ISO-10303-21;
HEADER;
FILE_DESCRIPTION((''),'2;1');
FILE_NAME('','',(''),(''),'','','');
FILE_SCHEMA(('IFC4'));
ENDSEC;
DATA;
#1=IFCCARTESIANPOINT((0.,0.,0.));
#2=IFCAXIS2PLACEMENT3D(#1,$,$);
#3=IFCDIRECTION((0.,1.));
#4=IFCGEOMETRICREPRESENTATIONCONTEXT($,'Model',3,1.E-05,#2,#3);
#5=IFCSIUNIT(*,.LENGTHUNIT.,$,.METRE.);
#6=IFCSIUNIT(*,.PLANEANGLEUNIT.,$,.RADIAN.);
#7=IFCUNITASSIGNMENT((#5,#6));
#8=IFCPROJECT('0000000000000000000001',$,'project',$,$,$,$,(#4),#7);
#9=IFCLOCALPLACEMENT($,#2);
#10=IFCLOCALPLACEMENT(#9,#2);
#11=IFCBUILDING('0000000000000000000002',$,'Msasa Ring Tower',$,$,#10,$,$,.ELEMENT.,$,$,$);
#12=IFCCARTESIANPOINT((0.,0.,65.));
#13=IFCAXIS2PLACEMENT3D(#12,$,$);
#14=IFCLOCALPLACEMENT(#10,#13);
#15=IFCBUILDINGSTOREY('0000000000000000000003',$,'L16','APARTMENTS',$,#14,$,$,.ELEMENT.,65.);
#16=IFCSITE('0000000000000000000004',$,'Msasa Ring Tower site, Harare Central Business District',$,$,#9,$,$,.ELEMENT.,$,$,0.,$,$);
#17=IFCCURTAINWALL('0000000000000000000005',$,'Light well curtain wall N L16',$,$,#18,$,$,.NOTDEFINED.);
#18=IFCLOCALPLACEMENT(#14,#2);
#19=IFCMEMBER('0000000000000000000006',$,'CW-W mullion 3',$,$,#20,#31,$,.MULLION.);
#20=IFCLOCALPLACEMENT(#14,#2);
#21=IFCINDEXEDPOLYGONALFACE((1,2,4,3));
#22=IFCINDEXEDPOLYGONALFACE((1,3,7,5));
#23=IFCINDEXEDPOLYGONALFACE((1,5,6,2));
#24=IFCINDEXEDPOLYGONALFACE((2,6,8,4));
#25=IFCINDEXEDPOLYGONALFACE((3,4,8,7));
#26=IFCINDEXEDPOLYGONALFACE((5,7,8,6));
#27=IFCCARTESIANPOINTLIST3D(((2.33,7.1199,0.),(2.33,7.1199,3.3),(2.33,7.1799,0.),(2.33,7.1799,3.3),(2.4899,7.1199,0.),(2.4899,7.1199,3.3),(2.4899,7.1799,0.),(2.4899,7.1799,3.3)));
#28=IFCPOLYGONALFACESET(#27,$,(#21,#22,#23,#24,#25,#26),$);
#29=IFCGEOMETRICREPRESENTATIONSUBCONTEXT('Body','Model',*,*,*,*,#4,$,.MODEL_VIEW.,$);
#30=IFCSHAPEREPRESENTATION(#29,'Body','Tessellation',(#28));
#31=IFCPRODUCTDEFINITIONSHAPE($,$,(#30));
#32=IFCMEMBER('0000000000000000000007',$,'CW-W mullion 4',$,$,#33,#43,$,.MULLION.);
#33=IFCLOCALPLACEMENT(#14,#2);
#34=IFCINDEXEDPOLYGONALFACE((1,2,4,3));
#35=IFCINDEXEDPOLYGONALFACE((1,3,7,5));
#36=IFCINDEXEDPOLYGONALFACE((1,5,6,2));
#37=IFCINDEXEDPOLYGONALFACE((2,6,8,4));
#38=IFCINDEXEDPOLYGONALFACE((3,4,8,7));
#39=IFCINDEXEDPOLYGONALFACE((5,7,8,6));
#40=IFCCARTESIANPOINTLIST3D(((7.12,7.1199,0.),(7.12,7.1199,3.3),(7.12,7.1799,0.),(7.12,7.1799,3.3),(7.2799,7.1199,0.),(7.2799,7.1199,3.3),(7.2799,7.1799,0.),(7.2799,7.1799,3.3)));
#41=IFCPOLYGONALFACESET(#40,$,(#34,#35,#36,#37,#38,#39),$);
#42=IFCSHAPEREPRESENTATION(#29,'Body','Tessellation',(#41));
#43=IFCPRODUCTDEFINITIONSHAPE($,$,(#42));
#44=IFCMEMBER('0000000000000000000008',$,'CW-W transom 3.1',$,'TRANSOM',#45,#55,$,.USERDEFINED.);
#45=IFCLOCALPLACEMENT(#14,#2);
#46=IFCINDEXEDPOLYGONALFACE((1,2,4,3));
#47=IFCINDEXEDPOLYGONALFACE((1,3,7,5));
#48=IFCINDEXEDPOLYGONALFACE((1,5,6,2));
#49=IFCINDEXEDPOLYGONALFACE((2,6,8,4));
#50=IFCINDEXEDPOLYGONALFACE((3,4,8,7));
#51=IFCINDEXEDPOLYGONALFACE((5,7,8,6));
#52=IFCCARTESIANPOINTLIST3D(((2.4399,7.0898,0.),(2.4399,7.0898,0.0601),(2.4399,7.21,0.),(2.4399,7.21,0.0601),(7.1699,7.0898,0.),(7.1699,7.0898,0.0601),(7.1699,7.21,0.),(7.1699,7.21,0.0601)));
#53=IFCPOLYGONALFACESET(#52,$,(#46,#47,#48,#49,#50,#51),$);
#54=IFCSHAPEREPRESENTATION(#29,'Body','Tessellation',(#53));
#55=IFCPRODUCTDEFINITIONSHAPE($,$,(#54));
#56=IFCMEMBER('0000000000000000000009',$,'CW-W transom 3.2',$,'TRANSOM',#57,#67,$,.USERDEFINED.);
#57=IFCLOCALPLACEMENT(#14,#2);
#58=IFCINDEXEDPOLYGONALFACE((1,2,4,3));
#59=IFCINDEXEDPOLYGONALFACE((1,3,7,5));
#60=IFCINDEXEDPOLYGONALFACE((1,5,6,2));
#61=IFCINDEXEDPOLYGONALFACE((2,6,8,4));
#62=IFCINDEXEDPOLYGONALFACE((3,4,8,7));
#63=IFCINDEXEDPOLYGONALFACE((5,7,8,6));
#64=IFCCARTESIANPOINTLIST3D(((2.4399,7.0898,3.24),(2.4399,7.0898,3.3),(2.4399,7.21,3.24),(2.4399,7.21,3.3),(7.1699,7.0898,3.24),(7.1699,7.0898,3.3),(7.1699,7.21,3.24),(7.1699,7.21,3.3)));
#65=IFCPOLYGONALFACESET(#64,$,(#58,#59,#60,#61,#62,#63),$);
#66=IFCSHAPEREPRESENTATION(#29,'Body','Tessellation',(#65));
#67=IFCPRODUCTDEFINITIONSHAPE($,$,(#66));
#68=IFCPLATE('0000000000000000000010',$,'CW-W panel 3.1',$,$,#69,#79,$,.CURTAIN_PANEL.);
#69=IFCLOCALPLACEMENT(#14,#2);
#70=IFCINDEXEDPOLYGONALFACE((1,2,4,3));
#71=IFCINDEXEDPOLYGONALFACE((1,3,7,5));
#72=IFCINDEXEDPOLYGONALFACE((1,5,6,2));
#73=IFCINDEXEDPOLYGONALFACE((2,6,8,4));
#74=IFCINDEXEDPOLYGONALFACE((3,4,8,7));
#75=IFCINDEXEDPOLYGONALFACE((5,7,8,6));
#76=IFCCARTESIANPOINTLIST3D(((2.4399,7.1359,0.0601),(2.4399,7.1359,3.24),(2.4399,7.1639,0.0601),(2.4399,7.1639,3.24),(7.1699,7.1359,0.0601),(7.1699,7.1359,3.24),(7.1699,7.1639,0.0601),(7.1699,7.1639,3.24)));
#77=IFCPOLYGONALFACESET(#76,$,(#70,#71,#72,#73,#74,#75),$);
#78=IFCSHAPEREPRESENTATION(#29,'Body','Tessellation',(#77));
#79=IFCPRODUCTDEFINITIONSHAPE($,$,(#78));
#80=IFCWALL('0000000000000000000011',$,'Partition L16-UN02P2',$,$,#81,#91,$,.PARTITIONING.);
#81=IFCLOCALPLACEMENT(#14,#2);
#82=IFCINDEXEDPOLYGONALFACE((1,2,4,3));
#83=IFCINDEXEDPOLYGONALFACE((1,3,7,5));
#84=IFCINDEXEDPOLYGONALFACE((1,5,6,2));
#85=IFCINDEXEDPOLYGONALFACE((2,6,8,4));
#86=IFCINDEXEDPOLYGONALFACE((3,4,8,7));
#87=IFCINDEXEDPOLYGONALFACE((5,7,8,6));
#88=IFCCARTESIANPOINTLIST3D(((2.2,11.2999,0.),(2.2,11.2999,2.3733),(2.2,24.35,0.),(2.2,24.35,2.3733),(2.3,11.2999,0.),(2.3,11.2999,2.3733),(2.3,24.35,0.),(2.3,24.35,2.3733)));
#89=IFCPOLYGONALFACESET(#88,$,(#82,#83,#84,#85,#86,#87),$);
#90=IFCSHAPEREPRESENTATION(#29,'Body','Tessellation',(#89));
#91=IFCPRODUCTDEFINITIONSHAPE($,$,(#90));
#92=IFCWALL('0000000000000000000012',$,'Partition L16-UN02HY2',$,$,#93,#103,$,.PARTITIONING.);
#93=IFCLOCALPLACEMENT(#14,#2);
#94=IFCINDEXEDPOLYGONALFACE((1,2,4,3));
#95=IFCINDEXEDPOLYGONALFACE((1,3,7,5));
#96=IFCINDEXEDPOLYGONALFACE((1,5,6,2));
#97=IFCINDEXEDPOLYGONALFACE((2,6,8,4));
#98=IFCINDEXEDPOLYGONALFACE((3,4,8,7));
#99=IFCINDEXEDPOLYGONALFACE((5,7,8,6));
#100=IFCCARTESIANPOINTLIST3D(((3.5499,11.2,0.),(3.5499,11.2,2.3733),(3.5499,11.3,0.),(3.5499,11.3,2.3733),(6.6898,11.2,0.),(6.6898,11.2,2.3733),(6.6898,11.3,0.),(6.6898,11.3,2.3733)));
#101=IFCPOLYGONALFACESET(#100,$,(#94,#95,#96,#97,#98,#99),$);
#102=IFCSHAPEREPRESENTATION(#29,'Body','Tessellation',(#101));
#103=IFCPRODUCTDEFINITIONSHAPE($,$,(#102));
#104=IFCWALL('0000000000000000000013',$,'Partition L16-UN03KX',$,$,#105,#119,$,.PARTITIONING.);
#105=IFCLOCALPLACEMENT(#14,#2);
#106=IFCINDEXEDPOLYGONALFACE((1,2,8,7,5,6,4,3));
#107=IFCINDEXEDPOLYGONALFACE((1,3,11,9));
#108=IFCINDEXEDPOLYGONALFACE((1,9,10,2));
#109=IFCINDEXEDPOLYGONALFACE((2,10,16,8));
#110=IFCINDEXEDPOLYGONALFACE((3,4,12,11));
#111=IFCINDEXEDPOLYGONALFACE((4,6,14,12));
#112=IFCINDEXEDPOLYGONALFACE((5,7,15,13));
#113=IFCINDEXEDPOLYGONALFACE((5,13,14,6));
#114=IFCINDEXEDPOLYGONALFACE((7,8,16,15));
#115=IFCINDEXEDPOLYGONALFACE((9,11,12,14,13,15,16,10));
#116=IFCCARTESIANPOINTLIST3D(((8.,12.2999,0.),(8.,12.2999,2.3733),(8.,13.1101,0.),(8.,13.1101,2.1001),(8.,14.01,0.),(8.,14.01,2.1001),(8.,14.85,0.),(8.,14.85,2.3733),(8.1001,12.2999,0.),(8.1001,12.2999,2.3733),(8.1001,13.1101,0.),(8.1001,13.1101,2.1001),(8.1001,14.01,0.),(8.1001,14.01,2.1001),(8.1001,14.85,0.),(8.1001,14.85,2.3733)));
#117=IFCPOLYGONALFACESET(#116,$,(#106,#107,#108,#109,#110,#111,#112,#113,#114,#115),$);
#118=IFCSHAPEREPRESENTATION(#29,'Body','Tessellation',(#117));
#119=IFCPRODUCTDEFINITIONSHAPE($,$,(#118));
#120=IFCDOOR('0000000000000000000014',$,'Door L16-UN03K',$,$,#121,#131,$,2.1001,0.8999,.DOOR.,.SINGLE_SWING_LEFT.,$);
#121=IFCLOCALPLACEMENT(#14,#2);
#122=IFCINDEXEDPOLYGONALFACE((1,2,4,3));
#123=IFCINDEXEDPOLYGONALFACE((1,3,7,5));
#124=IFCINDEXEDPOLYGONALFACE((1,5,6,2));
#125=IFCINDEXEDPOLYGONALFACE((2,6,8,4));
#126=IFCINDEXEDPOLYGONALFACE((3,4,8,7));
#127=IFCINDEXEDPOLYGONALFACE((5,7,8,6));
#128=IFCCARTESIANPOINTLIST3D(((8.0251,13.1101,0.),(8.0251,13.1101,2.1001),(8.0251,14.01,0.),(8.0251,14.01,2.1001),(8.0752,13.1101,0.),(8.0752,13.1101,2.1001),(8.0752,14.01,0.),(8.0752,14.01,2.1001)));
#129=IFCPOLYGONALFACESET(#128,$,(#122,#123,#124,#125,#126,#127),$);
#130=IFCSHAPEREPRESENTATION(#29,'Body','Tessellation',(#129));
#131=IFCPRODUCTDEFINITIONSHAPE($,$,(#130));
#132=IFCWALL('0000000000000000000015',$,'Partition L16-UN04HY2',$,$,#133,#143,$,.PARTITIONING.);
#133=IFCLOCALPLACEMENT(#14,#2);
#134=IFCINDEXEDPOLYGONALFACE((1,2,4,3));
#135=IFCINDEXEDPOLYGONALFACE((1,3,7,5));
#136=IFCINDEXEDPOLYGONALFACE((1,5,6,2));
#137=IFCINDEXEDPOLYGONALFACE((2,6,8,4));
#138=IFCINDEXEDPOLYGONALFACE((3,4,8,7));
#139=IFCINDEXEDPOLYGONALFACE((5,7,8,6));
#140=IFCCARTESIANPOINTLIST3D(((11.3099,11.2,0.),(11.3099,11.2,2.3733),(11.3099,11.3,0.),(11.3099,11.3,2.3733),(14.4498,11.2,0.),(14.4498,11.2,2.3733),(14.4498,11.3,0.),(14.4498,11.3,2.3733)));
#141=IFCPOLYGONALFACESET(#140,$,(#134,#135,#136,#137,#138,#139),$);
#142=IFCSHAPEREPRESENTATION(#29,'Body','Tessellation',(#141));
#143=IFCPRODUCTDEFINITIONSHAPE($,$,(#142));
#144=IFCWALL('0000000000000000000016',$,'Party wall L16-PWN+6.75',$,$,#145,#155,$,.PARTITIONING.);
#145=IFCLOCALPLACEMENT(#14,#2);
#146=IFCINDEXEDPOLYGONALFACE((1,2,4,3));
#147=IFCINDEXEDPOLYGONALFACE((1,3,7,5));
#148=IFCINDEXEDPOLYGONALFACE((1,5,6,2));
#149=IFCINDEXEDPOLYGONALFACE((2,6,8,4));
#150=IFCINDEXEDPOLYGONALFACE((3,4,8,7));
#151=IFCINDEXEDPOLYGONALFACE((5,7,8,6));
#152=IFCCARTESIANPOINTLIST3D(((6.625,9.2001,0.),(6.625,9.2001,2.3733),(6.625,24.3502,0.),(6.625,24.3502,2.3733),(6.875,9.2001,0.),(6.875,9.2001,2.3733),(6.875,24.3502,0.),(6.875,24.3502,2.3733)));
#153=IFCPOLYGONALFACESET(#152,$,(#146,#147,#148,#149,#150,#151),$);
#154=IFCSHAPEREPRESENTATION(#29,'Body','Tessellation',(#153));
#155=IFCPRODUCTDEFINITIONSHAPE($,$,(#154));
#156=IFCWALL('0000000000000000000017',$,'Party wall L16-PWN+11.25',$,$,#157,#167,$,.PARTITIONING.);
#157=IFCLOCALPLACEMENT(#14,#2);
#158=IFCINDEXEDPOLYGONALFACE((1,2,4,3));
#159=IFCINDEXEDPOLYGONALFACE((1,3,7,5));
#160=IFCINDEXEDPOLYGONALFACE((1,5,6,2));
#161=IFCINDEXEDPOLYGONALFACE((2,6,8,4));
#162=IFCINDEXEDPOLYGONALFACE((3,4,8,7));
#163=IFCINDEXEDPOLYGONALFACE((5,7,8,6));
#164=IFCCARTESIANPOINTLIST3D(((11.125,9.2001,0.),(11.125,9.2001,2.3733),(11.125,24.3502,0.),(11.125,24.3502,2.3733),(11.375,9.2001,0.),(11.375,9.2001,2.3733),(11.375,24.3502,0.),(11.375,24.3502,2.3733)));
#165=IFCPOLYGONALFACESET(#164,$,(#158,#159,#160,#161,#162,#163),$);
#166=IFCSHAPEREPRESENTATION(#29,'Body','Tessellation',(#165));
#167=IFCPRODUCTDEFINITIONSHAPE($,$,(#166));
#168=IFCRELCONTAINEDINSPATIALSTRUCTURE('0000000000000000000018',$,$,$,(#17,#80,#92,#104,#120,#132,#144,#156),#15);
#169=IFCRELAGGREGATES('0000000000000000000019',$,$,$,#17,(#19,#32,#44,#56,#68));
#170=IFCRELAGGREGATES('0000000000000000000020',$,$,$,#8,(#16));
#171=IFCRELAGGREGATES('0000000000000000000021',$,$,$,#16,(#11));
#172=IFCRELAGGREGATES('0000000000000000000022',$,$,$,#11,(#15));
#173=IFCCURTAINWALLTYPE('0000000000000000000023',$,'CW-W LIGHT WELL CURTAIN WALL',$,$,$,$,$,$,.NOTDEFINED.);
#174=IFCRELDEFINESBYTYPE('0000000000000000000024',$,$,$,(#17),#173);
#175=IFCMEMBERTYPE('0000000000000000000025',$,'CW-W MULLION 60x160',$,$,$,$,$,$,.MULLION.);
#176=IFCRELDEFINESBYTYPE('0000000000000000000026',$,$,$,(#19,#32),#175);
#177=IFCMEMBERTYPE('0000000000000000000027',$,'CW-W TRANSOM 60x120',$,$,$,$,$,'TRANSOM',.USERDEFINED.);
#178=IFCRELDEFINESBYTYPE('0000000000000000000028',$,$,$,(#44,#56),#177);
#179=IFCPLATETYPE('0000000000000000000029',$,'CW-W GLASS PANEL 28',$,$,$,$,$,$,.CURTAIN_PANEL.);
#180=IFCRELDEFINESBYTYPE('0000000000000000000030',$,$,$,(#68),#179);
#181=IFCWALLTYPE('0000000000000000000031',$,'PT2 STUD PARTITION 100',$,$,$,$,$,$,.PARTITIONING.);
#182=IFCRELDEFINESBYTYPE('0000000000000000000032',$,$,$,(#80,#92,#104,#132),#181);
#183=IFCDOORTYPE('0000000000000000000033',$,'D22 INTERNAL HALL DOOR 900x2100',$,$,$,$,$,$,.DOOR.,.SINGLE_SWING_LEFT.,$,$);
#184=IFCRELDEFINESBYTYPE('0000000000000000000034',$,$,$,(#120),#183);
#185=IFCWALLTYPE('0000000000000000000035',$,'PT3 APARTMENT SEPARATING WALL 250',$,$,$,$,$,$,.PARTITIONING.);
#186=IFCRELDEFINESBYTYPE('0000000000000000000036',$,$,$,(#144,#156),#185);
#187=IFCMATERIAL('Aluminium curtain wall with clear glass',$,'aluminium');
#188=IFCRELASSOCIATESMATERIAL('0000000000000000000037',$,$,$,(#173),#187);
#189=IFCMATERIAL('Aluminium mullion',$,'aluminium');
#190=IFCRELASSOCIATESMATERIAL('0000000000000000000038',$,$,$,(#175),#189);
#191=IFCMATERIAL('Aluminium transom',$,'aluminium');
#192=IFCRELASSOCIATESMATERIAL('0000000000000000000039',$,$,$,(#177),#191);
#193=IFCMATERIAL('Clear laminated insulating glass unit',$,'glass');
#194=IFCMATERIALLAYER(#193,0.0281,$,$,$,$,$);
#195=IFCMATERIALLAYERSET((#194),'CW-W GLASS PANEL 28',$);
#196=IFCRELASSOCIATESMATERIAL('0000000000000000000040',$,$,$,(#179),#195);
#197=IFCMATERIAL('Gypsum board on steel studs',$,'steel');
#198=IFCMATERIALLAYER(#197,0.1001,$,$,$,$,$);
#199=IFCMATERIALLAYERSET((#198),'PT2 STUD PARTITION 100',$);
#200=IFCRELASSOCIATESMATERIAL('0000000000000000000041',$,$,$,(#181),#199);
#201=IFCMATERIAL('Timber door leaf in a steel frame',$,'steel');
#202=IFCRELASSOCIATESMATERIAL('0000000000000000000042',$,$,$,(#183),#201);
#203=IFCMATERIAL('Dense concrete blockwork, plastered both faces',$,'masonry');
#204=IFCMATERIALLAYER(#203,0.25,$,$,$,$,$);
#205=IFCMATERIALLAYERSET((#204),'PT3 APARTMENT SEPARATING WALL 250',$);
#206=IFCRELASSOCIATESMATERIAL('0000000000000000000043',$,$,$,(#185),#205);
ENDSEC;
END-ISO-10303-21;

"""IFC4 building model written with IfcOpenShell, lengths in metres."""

from ifc_helpers import new_model, si_unit, direction, frame, frame_2d, origin, origin_2d, place, context, subcontext, project, spatial, rectangle, extrude, material, layer, layer_set, material_profile, profile_set, type_object, element, fill, aggregate, save


model = new_model("IFC4")

# Units and contexts
model_context = context("Model", 3, precision=1e-05, world=origin(), true_north=direction((0.0, 1.0)))
body_context = subcontext(model_context, "Body", "Model", "MODEL_VIEW")
ifc_project = project(units=[si_unit("LENGTHUNIT", "METRE"), si_unit("PLANEANGLEUNIT", "RADIAN")], contexts=[model_context])

# Site, building, storey
site_placement = place(None, origin())
site = spatial("IfcSite", under=ifc_project, at=site_placement, Name="Msasa Ring Tower site, Harare Central Business District", CompositionType="ELEMENT", RefElevation=0.0)
building_placement = place(site_placement, origin())
building = spatial("IfcBuilding", under=site, at=building_placement, Name="Msasa Ring Tower", CompositionType="ELEMENT")
storey_placement = place(building_placement, frame((0.0, 0.0, 65.0)))
storey = spatial("IfcBuildingStorey", under=building, at=storey_placement, Name="L16", Description="APARTMENTS", CompositionType="ELEMENT", Elevation=65.0)

# Curtain wall, members, plate
ifc_material_1 = material(Name="Aluminium curtain wall with clear glass", Category="aluminium")
curtain_wall_type = type_object("IfcCurtainWallType", Name="CW-W LIGHT WELL CURTAIN WALL", PredefinedType="NOTDEFINED", material=ifc_material_1)
curtain_wall_placement = place(storey_placement, origin())
curtain_wall = element("IfcCurtainWall", 1, at=curtain_wall_placement, inside=storey, type_object=curtain_wall_type, Name="Light well curtain wall N L16", PredefinedType="NOTDEFINED")
ifc_material_2 = material(Name="Aluminium mullion", Category="aluminium")
ifc_material_profile_1 = material_profile(ifc_material_2, rectangle(XDim=0.0601, YDim=0.1599, at=origin_2d()), Name="AL 60x160")
ifc_profile_set_1 = profile_set([ifc_material_profile_1], Name="Aluminium mullion")
member_type_1 = type_object("IfcMemberType", Name="CW-W MULLION 60x160", PredefinedType="MULLION", material=ifc_profile_set_1)
member_1_placement = place(storey_placement, frame((2.4099, 7.1499, 0.0), z_axis=(0.0, 0.0, 1.0), x_axis=(0.0, 1.0, 0.0)))
member_1 = element("IfcMember", 2, at=member_1_placement, type_object=member_type_1, Name="CW-W mullion 3", PredefinedType="MULLION", context=body_context, shape_type="SweptSolid", body=[
    extrude(rectangle(XDim=0.0601, YDim=0.1599, at=origin_2d()), origin(), (0.0, 0.0, 1.0), 3.3),
])
member_2_placement = place(storey_placement, frame((7.2, 7.1499, 0.0), z_axis=(0.0, 0.0, 1.0), x_axis=(0.0, 1.0, 0.0)))
member_2 = element("IfcMember", 3, at=member_2_placement, type_object=member_type_1, Name="CW-W mullion 4", PredefinedType="MULLION", context=body_context, shape_type="SweptSolid", body=[
    extrude(rectangle(XDim=0.0601, YDim=0.1599, at=origin_2d()), origin(), (0.0, 0.0, 1.0), 3.3),
])
ifc_material_3 = material(Name="Aluminium transom", Category="aluminium")
ifc_material_profile_2 = material_profile(ifc_material_3, rectangle(XDim=0.1201, YDim=0.0601, at=origin_2d()), Name="AL 60x120")
ifc_profile_set_2 = profile_set([ifc_material_profile_2], Name="Aluminium transom")
member_type_2 = type_object("IfcMemberType", Name="CW-W TRANSOM 60x120", ElementType="TRANSOM", PredefinedType="USERDEFINED", material=ifc_profile_set_2)
member_3_placement = place(storey_placement, frame((2.4399, 7.1499, 0.03), z_axis=(1.0, 0.0, 0.0), x_axis=(0.0, 1.0, 0.0)))
member_3 = element("IfcMember", 4, at=member_3_placement, type_object=member_type_2, Name="CW-W transom 3.1", ObjectType="TRANSOM", PredefinedType="USERDEFINED", context=body_context, shape_type="SweptSolid", body=[
    extrude(rectangle(XDim=0.1201, YDim=0.0601, at=origin_2d()), origin(), (0.0, 0.0, 1.0), 4.73),
])
member_4_placement = place(storey_placement, frame((2.4399, 7.1499, 3.27), z_axis=(1.0, 0.0, 0.0), x_axis=(0.0, 1.0, 0.0)))
member_4 = element("IfcMember", 5, at=member_4_placement, type_object=member_type_2, Name="CW-W transom 3.2", ObjectType="TRANSOM", PredefinedType="USERDEFINED", context=body_context, shape_type="SweptSolid", body=[
    extrude(rectangle(XDim=0.1201, YDim=0.0601, at=origin_2d()), origin(), (0.0, 0.0, 1.0), 4.73),
])
ifc_material_4 = material(Name="Clear laminated insulating glass unit", Category="glass")
ifc_layer_1 = layer(ifc_material_4, 0.0281)
ifc_layer_set_1 = layer_set([ifc_layer_1], Name="CW-W GLASS PANEL 28")
plate_type = type_object("IfcPlateType", Name="CW-W GLASS PANEL 28", PredefinedType="CURTAIN_PANEL", material=ifc_layer_set_1)
plate_placement = place(storey_placement, frame((4.8049, 7.1499, 0.0601), z_axis=(0.0, 0.0, 1.0), x_axis=(1.0, 0.0, 0.0)))
plate = element("IfcPlate", 6, at=plate_placement, type_object=plate_type, Name="CW-W panel 3.1", PredefinedType="CURTAIN_PANEL", context=body_context, shape_type="SweptSolid", body=[
    extrude(rectangle(XDim=4.73, YDim=0.0281, at=origin_2d()), origin(), (0.0, 0.0, 1.0), 3.1799),
])
aggregate(curtain_wall, [member_1, member_2, member_3, member_4, plate])

# Walls
ifc_material_5 = material(Name="Gypsum board on steel studs", Category="steel")
ifc_layer_2 = layer(ifc_material_5, 0.1001)
ifc_layer_set_2 = layer_set([ifc_layer_2], Name="PT2 STUD PARTITION 100")
wall_type_1 = type_object("IfcWallType", Name="PT2 STUD PARTITION 100", PredefinedType="PARTITIONING", material=ifc_layer_set_2)
wall_1_placement = place(storey_placement, frame((2.25, 11.3, 0.0), z_axis=(0.0, 0.0, 1.0), x_axis=(0.0, 1.0, 0.0)))
element("IfcWall", 7, at=wall_1_placement, inside=storey, type_object=wall_type_1, Name="Partition L16-UN02P2", PredefinedType="PARTITIONING", context=body_context, shape_type="SweptSolid", body=[
    extrude(rectangle(XDim=13.05, YDim=0.1001, at=frame_2d((6.5249, 0.0))), origin(), (0.0, 0.0, 1.0), 2.3733),
])
wall_2_placement = place(storey_placement, frame((3.55, 11.25, 0.0), z_axis=(0.0, 0.0, 1.0), x_axis=(1.0, 0.0, 0.0)))
element("IfcWall", 8, at=wall_2_placement, inside=storey, type_object=wall_type_1, Name="Partition L16-UN02HY2", PredefinedType="PARTITIONING", context=body_context, shape_type="SweptSolid", body=[
    extrude(rectangle(XDim=3.1399, YDim=0.1001, at=frame_2d((1.5698, 0.0))), origin(), (0.0, 0.0, 1.0), 2.3733),
])

# Wall, opening, door
wall_3_placement = place(storey_placement, frame((8.05, 12.3, 0.0), z_axis=(0.0, 0.0, 1.0), x_axis=(0.0, 1.0, 0.0)))
wall_3 = element("IfcWall", 9, at=wall_3_placement, inside=storey, type_object=wall_type_1, Name="Partition L16-UN03KX", PredefinedType="PARTITIONING", context=body_context, shape_type="SweptSolid", body=[
    extrude(rectangle(XDim=2.55, YDim=0.1001, at=frame_2d((1.2749, 0.0))), origin(), (0.0, 0.0, 1.0), 2.3733),
])
opening_1_placement = place(wall_3_placement, frame((0.8101, 0.0, 0.0)))
opening_1 = element("IfcOpeningElement", 10, at=opening_1_placement, cuts=wall_3, PredefinedType="OPENING", context=body_context, shape_type="SweptSolid", body=[
    extrude(rectangle(XDim=0.8999, YDim=2.1001, at=frame_2d((0.45, 1.05))), frame((0.0, 0.0601, 0.0), z_axis=(0.0, -1.0, 0.0), x_axis=(1.0, 0.0, 0.0)), (0.0, 0.0, 1.0), 0.1201),
])
ifc_material_6 = material(Name="Timber door leaf in a steel frame", Category="steel")
door_type_1 = type_object("IfcDoorType", Name="D22 INTERNAL HALL DOOR 900x2100", OperationType="SINGLE_SWING_LEFT", PredefinedType="DOOR", material=ifc_material_6)
door_1_placement = place(opening_1_placement, origin())
door_1 = element("IfcDoor", 11, at=door_1_placement, inside=storey, type_object=door_type_1, Name="Door L16-UN03K", OperationType="SINGLE_SWING_LEFT", OverallHeight=2.1001, OverallWidth=0.8999, PredefinedType="DOOR", context=body_context, shape_type="SweptSolid", body=[
    extrude(rectangle(XDim=0.8999, YDim=2.1001, at=frame_2d((0.45, 1.05))), frame((0.0, 0.0249, 0.0), z_axis=(0.0, -1.0, 0.0), x_axis=(1.0, 0.0, 0.0)), (0.0, 0.0, 1.0), 0.05),
])
fill(opening_1, door_1)

# Walls
wall_4_placement = place(storey_placement, frame((11.3101, 11.25, 0.0), z_axis=(0.0, 0.0, 1.0), x_axis=(1.0, 0.0, 0.0)))
element("IfcWall", 12, at=wall_4_placement, inside=storey, type_object=wall_type_1, Name="Partition L16-UN04HY2", PredefinedType="PARTITIONING", context=body_context, shape_type="SweptSolid", body=[
    extrude(rectangle(XDim=3.1399, YDim=0.1001, at=frame_2d((1.5698, 0.0))), origin(), (0.0, 0.0, 1.0), 2.3733),
])
ifc_material_7 = material(Name="Dense concrete blockwork, plastered both faces", Category="masonry")
ifc_layer_3 = layer(ifc_material_7, 0.25)
ifc_layer_set_3 = layer_set([ifc_layer_3], Name="PT3 APARTMENT SEPARATING WALL 250")
wall_type_2 = type_object("IfcWallType", Name="PT3 APARTMENT SEPARATING WALL 250", PredefinedType="PARTITIONING", material=ifc_layer_set_3)
for number, where, z_axis, x_axis, name in (
    (13, (6.75, 9.2, 0.0), (0.0, 0.0, 1.0), (0.0, 1.0, 0.0), "Party wall L16-PWN+6.75"),
    (14, (11.25, 9.2, 0.0), (0.0, 0.0, 1.0), (0.0, 1.0, 0.0), "Party wall L16-PWN+11.25"),
):
    element("IfcWall", number, at=place(storey_placement, frame(where, z_axis=z_axis, x_axis=x_axis)), inside=storey, type_object=wall_type_2, Name=name, PredefinedType="PARTITIONING", context=body_context, shape_type="SweptSolid", body=[
        extrude(rectangle(XDim=15.1501, YDim=0.25, at=frame_2d((7.5752, 0.0))), origin(), (0.0, 0.0, 1.0), 2.3733),
    ])

save(model, "model.ifc")
